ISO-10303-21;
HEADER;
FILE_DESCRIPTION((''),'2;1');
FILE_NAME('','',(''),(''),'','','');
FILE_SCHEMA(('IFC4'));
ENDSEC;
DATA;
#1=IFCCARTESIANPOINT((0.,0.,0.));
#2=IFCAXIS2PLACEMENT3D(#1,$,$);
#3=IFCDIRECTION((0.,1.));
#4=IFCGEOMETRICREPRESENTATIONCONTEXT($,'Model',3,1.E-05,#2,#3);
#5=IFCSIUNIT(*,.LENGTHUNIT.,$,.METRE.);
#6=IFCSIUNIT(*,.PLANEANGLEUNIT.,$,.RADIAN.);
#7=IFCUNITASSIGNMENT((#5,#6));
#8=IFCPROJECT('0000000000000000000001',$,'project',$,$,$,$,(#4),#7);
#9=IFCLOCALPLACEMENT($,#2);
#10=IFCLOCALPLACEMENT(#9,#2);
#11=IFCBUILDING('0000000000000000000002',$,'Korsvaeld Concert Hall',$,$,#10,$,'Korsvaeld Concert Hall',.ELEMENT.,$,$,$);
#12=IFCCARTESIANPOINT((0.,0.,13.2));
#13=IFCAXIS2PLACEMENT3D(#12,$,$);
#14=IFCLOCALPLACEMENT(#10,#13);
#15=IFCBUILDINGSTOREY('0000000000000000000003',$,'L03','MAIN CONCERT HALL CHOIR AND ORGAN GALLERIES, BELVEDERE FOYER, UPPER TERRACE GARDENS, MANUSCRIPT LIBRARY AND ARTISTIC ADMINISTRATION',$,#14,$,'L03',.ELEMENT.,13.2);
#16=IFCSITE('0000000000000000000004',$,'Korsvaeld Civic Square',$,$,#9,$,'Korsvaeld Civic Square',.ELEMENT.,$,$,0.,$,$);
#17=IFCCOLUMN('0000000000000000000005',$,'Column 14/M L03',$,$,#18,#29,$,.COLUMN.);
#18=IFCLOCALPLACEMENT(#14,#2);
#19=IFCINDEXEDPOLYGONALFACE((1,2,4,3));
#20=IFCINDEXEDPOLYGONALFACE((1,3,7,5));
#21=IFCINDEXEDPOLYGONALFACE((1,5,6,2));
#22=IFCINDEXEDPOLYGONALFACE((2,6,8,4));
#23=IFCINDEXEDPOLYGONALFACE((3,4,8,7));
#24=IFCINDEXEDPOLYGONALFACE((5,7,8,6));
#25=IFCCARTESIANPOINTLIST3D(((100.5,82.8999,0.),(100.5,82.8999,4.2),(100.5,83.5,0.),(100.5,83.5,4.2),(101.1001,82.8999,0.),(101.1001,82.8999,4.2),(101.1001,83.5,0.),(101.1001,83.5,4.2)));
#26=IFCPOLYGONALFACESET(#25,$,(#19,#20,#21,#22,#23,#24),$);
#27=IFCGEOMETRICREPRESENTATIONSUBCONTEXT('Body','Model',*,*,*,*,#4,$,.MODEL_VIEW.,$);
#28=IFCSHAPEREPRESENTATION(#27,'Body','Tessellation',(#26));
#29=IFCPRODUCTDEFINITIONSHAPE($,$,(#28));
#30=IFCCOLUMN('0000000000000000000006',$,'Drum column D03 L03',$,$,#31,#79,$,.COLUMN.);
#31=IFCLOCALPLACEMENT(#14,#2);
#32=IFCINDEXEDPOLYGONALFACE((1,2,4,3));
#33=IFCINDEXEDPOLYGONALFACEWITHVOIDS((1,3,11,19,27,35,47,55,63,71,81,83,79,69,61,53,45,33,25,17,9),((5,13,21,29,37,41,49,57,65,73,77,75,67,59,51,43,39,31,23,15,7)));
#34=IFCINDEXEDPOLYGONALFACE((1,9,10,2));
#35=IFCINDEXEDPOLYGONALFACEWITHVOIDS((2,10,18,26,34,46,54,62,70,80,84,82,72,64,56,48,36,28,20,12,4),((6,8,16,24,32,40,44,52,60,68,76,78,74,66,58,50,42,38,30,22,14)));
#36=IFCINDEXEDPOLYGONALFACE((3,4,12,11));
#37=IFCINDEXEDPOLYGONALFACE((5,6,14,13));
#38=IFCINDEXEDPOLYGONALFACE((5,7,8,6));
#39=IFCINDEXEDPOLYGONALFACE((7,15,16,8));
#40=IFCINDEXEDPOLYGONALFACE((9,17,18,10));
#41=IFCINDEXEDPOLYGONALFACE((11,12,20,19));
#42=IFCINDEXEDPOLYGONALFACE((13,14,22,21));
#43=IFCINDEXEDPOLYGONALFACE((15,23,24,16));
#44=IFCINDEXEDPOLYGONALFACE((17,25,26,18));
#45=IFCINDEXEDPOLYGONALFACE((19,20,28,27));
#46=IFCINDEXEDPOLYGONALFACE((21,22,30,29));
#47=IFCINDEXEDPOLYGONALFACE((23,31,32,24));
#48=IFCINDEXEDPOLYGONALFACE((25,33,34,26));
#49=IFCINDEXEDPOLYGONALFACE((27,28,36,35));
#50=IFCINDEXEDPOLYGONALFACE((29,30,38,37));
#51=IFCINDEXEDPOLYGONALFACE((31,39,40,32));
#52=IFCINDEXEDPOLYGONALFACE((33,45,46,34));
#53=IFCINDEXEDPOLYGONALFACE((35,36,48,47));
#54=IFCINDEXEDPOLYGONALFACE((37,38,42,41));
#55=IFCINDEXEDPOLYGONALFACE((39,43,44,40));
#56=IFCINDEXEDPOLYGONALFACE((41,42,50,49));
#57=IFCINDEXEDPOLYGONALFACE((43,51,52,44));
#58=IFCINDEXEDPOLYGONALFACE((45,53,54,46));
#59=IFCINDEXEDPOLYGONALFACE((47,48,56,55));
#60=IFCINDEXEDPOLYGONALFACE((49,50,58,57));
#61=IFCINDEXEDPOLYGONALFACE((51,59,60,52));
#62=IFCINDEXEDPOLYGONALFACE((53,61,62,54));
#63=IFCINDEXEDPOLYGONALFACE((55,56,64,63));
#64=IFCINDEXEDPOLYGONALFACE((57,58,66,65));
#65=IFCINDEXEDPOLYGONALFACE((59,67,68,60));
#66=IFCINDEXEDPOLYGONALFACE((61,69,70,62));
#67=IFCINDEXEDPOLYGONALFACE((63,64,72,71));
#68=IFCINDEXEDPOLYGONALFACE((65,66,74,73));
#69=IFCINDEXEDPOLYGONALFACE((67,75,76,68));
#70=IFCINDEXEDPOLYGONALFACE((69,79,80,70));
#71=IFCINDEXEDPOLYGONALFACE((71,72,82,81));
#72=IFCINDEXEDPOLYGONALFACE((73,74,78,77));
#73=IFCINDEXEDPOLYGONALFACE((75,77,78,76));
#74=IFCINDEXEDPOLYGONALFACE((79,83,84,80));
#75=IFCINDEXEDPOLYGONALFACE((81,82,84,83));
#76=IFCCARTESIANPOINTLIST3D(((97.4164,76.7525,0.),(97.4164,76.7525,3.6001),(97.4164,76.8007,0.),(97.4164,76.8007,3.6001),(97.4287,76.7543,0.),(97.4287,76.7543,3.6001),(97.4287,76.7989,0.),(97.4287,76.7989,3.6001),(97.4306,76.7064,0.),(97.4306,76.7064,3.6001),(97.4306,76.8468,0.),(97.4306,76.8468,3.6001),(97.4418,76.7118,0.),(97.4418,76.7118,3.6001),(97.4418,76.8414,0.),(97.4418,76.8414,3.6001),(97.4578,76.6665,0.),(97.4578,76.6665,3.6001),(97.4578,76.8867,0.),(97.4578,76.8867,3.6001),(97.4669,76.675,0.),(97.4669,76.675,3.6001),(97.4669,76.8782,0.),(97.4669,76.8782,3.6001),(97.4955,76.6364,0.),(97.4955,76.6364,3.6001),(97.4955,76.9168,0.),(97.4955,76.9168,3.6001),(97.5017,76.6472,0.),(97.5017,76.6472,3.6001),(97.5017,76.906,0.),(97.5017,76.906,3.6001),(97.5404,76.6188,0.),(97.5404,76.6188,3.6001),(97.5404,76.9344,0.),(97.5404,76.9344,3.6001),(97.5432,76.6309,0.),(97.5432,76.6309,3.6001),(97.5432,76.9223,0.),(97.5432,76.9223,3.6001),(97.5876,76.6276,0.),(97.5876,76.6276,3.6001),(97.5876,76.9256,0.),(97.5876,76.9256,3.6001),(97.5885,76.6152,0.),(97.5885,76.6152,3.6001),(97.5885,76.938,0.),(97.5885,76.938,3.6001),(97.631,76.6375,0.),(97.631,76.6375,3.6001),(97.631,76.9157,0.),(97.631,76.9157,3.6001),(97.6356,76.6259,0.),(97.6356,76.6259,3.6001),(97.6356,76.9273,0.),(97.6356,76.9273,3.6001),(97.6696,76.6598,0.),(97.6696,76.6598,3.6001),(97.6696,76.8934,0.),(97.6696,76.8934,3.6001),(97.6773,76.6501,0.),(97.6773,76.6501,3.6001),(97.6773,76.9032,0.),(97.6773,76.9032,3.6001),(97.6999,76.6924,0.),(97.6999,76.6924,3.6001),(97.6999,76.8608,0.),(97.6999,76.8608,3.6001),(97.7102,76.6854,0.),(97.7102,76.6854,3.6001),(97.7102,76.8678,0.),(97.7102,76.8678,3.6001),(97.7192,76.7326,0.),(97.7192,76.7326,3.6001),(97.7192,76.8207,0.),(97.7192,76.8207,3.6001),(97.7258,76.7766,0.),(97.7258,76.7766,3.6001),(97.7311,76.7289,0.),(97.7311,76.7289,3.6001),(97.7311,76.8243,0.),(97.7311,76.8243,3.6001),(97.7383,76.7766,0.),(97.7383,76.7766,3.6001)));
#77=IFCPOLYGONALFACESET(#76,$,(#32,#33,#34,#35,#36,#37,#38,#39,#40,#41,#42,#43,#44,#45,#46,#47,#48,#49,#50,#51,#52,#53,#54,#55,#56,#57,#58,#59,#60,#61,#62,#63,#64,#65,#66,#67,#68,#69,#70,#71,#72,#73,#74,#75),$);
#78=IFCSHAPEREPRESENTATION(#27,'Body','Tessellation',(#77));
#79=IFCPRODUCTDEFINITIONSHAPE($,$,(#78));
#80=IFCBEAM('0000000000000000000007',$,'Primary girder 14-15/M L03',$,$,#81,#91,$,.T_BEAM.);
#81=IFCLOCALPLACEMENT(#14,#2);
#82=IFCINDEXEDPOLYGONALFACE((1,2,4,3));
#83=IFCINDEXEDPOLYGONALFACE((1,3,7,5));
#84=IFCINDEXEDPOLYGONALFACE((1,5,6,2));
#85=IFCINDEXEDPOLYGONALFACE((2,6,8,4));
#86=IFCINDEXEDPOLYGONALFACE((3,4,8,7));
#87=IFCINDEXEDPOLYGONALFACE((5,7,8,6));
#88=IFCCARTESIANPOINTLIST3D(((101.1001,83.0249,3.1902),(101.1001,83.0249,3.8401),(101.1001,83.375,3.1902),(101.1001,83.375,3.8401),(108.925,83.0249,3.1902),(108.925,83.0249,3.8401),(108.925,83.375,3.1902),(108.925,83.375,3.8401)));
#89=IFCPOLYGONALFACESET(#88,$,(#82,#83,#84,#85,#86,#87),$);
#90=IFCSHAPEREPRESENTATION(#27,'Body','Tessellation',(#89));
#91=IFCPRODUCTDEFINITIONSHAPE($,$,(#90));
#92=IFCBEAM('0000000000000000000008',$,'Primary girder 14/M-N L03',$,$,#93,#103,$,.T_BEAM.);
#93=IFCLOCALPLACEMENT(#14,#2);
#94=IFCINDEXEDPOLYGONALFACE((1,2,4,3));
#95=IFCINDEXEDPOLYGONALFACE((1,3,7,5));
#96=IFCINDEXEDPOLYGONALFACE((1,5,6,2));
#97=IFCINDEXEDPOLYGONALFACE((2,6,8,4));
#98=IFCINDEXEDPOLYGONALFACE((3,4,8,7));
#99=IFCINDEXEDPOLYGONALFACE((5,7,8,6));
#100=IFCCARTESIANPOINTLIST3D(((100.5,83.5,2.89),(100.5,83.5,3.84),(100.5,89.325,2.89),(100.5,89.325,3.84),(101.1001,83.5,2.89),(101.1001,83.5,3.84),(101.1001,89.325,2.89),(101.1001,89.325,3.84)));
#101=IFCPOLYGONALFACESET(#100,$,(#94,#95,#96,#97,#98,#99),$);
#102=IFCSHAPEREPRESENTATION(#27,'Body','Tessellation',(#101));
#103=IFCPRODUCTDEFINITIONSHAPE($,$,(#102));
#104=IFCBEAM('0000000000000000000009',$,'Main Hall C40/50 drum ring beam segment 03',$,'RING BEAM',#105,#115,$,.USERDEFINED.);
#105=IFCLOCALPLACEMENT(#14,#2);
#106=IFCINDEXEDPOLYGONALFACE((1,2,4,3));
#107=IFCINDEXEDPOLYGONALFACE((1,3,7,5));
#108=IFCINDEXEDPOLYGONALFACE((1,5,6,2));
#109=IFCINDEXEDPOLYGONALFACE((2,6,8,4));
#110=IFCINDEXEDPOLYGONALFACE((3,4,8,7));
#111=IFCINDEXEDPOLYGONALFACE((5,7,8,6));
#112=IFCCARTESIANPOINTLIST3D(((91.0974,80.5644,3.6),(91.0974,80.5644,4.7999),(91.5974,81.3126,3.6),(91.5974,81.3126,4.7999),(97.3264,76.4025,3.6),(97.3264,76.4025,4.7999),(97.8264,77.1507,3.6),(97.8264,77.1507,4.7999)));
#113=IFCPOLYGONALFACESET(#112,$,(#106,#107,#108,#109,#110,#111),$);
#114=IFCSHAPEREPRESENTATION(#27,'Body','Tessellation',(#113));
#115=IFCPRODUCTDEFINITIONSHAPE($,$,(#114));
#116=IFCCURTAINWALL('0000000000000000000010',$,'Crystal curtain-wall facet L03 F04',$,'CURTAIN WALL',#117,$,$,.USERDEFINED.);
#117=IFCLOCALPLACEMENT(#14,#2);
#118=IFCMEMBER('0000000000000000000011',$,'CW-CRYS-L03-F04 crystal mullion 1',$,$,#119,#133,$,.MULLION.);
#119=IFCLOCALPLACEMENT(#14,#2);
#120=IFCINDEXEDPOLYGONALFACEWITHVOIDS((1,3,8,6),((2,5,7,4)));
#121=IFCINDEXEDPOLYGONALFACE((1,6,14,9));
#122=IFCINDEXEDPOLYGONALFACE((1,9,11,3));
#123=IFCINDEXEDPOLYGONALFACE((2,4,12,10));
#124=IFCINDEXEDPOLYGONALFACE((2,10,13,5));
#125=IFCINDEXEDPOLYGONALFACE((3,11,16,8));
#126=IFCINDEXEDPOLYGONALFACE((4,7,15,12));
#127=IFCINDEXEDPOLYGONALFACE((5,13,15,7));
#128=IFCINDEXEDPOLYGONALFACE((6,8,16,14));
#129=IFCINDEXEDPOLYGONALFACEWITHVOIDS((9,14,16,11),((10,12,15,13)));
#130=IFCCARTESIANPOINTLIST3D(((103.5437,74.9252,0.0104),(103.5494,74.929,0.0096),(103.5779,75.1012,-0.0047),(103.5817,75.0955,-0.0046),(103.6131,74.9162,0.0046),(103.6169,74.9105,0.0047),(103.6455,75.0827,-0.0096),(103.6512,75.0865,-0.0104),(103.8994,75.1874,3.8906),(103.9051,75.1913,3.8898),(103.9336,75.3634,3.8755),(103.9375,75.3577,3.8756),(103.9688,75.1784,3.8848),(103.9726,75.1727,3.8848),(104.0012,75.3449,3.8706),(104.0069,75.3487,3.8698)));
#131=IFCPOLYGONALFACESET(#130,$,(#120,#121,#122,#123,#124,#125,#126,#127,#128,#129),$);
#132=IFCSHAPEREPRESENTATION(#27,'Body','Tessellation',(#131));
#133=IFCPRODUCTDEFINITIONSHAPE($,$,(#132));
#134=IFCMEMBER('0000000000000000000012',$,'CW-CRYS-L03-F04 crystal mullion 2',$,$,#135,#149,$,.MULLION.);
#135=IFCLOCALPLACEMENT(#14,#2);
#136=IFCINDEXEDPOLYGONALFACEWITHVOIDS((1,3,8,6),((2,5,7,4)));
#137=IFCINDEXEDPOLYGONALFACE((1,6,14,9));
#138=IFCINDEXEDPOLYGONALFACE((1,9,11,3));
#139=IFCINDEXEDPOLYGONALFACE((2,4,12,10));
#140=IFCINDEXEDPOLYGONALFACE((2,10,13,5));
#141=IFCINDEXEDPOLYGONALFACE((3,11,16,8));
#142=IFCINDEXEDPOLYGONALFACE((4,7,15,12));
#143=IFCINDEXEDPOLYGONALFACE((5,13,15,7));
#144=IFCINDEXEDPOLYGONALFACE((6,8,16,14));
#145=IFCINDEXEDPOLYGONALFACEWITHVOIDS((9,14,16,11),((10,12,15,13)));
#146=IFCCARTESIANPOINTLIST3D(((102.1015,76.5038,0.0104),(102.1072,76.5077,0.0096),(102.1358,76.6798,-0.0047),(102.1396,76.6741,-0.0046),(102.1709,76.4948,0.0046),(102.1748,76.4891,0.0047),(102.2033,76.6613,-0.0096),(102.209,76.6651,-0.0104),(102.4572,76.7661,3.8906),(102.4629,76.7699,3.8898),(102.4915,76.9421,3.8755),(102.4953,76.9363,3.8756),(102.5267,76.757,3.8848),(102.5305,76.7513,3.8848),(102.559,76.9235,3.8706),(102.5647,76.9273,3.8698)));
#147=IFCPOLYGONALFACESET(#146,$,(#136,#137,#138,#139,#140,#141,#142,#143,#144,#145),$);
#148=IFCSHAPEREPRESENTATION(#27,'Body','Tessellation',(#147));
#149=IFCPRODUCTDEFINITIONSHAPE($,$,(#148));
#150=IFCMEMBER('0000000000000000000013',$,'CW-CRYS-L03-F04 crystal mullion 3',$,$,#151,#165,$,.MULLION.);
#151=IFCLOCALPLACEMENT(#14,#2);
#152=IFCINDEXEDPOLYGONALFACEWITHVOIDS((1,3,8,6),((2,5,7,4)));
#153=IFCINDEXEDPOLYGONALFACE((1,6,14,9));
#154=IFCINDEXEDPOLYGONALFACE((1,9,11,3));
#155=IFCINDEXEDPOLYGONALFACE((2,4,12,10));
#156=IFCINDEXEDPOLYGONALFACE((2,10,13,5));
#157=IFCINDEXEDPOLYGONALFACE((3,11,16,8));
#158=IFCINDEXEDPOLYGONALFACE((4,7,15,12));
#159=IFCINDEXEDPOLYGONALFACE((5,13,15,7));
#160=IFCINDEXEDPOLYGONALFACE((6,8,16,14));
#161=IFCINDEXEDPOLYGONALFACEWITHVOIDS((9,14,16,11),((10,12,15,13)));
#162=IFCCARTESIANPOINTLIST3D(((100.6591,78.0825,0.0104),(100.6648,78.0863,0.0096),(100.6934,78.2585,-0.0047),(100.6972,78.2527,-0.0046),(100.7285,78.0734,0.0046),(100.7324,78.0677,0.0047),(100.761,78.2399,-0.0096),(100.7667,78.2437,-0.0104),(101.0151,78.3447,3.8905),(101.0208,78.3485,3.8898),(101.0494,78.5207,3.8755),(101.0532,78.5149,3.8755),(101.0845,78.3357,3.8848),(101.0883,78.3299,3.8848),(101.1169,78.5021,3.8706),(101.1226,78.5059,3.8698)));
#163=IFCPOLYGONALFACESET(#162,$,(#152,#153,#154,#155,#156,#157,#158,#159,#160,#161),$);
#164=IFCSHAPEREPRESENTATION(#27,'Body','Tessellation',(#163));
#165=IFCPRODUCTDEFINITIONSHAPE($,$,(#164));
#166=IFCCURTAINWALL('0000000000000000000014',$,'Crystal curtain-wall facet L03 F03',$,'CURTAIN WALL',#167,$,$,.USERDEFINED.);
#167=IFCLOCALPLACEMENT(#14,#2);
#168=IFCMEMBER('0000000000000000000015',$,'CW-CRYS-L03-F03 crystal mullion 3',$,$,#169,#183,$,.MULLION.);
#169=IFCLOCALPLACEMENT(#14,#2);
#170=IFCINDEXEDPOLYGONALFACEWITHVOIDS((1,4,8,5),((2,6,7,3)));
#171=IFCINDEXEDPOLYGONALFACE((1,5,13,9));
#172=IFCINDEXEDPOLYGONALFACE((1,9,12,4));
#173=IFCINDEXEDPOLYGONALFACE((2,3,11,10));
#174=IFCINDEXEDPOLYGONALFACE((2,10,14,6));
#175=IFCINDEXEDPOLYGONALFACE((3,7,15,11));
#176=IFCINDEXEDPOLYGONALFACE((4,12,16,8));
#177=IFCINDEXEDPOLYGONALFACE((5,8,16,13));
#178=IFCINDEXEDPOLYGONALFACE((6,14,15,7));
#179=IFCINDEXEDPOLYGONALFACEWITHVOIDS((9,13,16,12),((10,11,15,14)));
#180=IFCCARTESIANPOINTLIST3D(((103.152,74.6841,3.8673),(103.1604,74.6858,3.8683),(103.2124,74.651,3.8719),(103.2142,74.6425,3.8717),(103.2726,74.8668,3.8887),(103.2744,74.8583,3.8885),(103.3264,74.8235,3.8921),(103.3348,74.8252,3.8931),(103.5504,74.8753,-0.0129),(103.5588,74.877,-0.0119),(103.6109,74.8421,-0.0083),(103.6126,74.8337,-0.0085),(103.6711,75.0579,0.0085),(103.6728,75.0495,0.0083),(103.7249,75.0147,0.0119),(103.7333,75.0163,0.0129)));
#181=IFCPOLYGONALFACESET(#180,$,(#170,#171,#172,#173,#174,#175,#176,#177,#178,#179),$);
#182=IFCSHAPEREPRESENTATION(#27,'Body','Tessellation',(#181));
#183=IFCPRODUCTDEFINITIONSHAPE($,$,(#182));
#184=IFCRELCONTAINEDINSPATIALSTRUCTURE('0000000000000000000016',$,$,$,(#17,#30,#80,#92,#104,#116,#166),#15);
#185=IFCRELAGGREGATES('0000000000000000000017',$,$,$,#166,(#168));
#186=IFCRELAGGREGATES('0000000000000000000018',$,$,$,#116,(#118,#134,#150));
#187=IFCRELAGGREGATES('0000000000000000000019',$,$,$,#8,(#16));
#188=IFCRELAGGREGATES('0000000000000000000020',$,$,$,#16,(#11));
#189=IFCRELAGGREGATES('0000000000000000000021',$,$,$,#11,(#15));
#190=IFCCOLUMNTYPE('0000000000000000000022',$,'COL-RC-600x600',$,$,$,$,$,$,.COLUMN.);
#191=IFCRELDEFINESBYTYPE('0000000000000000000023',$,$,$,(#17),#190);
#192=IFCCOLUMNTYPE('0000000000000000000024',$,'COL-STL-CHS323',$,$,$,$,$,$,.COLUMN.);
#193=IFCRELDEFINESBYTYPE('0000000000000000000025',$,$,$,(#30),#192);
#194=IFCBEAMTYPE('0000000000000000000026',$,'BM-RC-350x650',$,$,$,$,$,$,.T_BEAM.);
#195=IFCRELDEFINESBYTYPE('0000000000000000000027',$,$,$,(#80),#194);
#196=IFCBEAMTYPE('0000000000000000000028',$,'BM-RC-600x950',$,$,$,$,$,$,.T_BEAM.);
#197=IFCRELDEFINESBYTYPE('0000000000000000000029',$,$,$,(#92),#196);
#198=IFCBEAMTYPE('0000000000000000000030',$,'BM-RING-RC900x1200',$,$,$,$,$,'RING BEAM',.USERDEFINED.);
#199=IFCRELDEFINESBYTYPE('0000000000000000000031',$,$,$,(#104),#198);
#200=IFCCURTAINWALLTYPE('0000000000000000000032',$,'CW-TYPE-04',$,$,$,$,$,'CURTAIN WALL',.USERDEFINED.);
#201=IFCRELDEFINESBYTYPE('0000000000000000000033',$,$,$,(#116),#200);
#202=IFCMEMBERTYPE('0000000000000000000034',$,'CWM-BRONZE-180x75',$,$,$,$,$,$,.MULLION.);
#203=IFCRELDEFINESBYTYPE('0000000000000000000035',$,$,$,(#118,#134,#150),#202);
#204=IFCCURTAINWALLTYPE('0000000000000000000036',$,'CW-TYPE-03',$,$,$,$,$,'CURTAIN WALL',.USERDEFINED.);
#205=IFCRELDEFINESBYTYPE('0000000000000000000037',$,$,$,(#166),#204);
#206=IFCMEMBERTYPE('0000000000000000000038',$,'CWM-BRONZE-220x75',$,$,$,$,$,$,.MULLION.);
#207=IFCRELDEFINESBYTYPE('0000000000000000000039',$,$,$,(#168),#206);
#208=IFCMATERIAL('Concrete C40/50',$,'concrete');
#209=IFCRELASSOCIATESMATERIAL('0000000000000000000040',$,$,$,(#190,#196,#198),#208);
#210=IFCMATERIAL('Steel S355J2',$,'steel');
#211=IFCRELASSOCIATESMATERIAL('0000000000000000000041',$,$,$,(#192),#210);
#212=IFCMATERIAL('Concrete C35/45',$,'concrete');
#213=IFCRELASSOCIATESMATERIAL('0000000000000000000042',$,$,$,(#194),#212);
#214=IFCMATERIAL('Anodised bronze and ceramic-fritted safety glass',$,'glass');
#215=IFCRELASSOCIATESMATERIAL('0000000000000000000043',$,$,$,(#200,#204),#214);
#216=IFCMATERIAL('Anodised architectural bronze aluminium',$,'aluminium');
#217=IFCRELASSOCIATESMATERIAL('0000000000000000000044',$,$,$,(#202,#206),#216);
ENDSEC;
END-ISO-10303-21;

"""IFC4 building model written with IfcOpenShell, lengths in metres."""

from ifc_helpers import new_model, si_unit, direction, frame, origin, origin_2d, place, context, subcontext, project, spatial, rectangle, hollow_rectangle, hollow_circle, extrude, material, material_profile, profile_set, type_object, element, aggregate, save


model = new_model("IFC4")

# Units and contexts
model_context = context("Model", 3, precision=1e-05, world=origin(), true_north=direction((0.0, 1.0)))
body_context = subcontext(model_context, "Body", "Model", "MODEL_VIEW")
ifc_project = project(units=[si_unit("LENGTHUNIT", "METRE"), si_unit("PLANEANGLEUNIT", "RADIAN")], contexts=[model_context])

# Site, building, storey
site_placement = place(None, origin())
site = spatial("IfcSite", under=ifc_project, at=site_placement, Name="Korsvaeld Civic Square", LongName="Korsvaeld Civic Square", CompositionType="ELEMENT", RefElevation=0.0)
building_placement = place(site_placement, origin())
building = spatial("IfcBuilding", under=site, at=building_placement, Name="Korsvaeld Concert Hall", LongName="Korsvaeld Concert Hall", CompositionType="ELEMENT")
storey_placement = place(building_placement, frame((0.0, 0.0, 13.2)))
storey = spatial("IfcBuildingStorey", under=building, at=storey_placement, Name="L03", Description="MAIN CONCERT HALL CHOIR AND ORGAN GALLERIES, BELVEDERE FOYER, UPPER TERRACE GARDENS, MANUSCRIPT LIBRARY AND ARTISTIC ADMINISTRATION", LongName="L03", CompositionType="ELEMENT", Elevation=13.2)

# Columns
ifc_material_1 = material(Name="Concrete C40/50", Category="concrete")
ifc_material_profile_1 = material_profile(ifc_material_1, rectangle(XDim=0.6001, YDim=0.6001, at=origin_2d()), Name="RC 600x600")
ifc_profile_set_1 = profile_set([ifc_material_profile_1], Name="Concrete C40/50")
column_type_1 = type_object("IfcColumnType", Name="COL-RC-600x600", PredefinedType="COLUMN", material=ifc_profile_set_1)
column_1_placement = place(storey_placement, frame((100.8, 83.2, 0.0), z_axis=(0.0, 0.0, 1.0), x_axis=(1.0, 0.0, 0.0)))
element("IfcColumn", 1, at=column_1_placement, inside=storey, type_object=column_type_1, Name="Column 14/M L03", PredefinedType="COLUMN", context=body_context, shape_type="SweptSolid", body=[
    extrude(rectangle(XDim=0.6001, YDim=0.6001, at=origin_2d()), origin(), (0.0, 0.0, 1.0), 4.2),
])
ifc_material_2 = material(Name="Steel S355J2", Category="steel")
ifc_material_profile_2 = material_profile(ifc_material_2, hollow_circle(Radius=0.1619, WallThickness=0.0125, at=origin_2d()), Name="CHS 323.9x12.5")
ifc_profile_set_2 = profile_set([ifc_material_profile_2], Name="Steel S355J2")
column_type_2 = type_object("IfcColumnType", Name="COL-STL-CHS323", PredefinedType="COLUMN", material=ifc_profile_set_2)
column_2_placement = place(storey_placement, frame((97.5764, 76.7766, 0.0), z_axis=(0.0, 0.0, 1.0), x_axis=(1.0, 0.0, 0.0)))
element("IfcColumn", 2, at=column_2_placement, inside=storey, type_object=column_type_2, Name="Drum column D03 L03", PredefinedType="COLUMN", context=body_context, shape_type="SweptSolid", body=[
    extrude(hollow_circle(Radius=0.1619, WallThickness=0.0125, at=origin_2d()), origin(), (0.0, 0.0, 1.0), 3.6001),
])

# Beams
ifc_material_3 = material(Name="Concrete C35/45", Category="concrete")
ifc_material_profile_3 = material_profile(ifc_material_3, rectangle(XDim=0.3501, YDim=0.6499, at=origin_2d()), Name="RC 350x650")
ifc_profile_set_3 = profile_set([ifc_material_profile_3], Name="Concrete C35/45")
beam_type_1 = type_object("IfcBeamType", Name="BM-RC-350x650", PredefinedType="T_BEAM", material=ifc_profile_set_3)
beam_1_placement = place(storey_placement, frame((101.1001, 83.2, 3.5151), z_axis=(1.0, 0.0, 0.0), x_axis=(0.0, 1.0, 0.0)))
element("IfcBeam", 3, at=beam_1_placement, inside=storey, type_object=beam_type_1, Name="Primary girder 14-15/M L03", PredefinedType="T_BEAM", context=body_context, shape_type="SweptSolid", body=[
    extrude(rectangle(XDim=0.3501, YDim=0.6499, at=origin_2d()), origin(), (0.0, 0.0, 1.0), 7.825),
])
ifc_material_profile_4 = material_profile(ifc_material_1, rectangle(XDim=0.6001, YDim=0.95, at=origin_2d()), Name="RC 600x950")
ifc_profile_set_4 = profile_set([ifc_material_profile_4], Name="Concrete C40/50")
beam_type_2 = type_object("IfcBeamType", Name="BM-RC-600x950", PredefinedType="T_BEAM", material=ifc_profile_set_4)
beam_2_placement = place(storey_placement, frame((100.8, 83.5, 3.365), z_axis=(0.0, 1.0, 0.0), x_axis=(-1.0, 0.0, 0.0)))
element("IfcBeam", 4, at=beam_2_placement, inside=storey, type_object=beam_type_2, Name="Primary girder 14/M-N L03", PredefinedType="T_BEAM", context=body_context, shape_type="SweptSolid", body=[
    extrude(rectangle(XDim=0.6001, YDim=0.95, at=origin_2d()), origin(), (0.0, 0.0, 1.0), 5.825),
])
ifc_material_profile_5 = material_profile(ifc_material_1, rectangle(XDim=0.8999, YDim=1.2, at=origin_2d()), Name="RC 900x1200")
ifc_profile_set_5 = profile_set([ifc_material_profile_5], Name="Concrete C40/50")
beam_type_3 = type_object("IfcBeamType", Name="BM-RING-RC900x1200", ElementType="RING BEAM", PredefinedType="USERDEFINED", material=ifc_profile_set_5)
beam_3_placement = place(storey_placement, frame((97.5764, 76.7766, 4.2), z_axis=(-0.831483, 0.55555, 0.0), x_axis=(-0.55555, -0.831483, 0.0)))
element("IfcBeam", 5, at=beam_3_placement, inside=storey, type_object=beam_type_3, Name="Main Hall C40/50 drum ring beam segment 03", ObjectType="RING BEAM", PredefinedType="USERDEFINED", context=body_context, shape_type="SweptSolid", body=[
    extrude(rectangle(XDim=0.8999, YDim=1.2, at=origin_2d()), origin(), (0.0, 0.0, 1.0), 7.4915),
])

# Curtain wall, members
ifc_material_4 = material(Name="Anodised bronze and ceramic-fritted safety glass", Category="glass")
curtain_wall_type_1 = type_object("IfcCurtainWallType", Name="CW-TYPE-04", ElementType="CURTAIN WALL", PredefinedType="USERDEFINED", material=ifc_material_4)
curtain_wall_1_placement = place(storey_placement, origin())
curtain_wall_1 = element("IfcCurtainWall", 6, at=curtain_wall_1_placement, inside=storey, type_object=curtain_wall_type_1, Name="Crystal curtain-wall facet L03 F04", ObjectType="CURTAIN WALL", PredefinedType="USERDEFINED")
ifc_material_5 = material(Name="Anodised architectural bronze aluminium", Category="aluminium")
ifc_material_profile_6 = material_profile(ifc_material_5, hollow_rectangle(XDim=0.075, YDim=0.1799, WallThickness=0.0049, at=origin_2d()), Name="CWM 180x75x5")
ifc_profile_set_6 = profile_set([ifc_material_profile_6], Name="Anodised architectural bronze aluminium")
member_type_1 = type_object("IfcMemberType", Name="CWM-BRONZE-180x75", PredefinedType="MULLION", material=ifc_profile_set_6)
member_1_placement = place(storey_placement, frame((103.5974, 75.0059, 0.0), z_axis=(0.091087, 0.067143, 0.993577), x_axis=(0.9775, -0.196641, -0.076325)))
member_1 = element("IfcMember", 7, at=member_1_placement, type_object=member_type_1, Name="CW-CRYS-L03-F04 crystal mullion 1", PredefinedType="MULLION", context=body_context, shape_type="SweptSolid", body=[
    extrude(hollow_rectangle(XDim=0.075, YDim=0.1799, WallThickness=0.0049, at=origin_2d()), origin(), (0.0, 0.0, 1.0), 3.9053),
])
member_2_placement = place(storey_placement, frame((102.1553, 76.5845, 0.0), z_axis=(0.091087, 0.067143, 0.993577), x_axis=(0.9775, -0.196641, -0.076325)))
member_2 = element("IfcMember", 8, at=member_2_placement, type_object=member_type_1, Name="CW-CRYS-L03-F04 crystal mullion 2", PredefinedType="MULLION", context=body_context, shape_type="SweptSolid", body=[
    extrude(hollow_rectangle(XDim=0.075, YDim=0.1799, WallThickness=0.0049, at=origin_2d()), origin(), (0.0, 0.0, 1.0), 3.9053),
])
member_3_placement = place(storey_placement, frame((100.7129, 78.1631, 0.0), z_axis=(0.091149, 0.067142, 0.993571), x_axis=(0.977433, -0.196963, -0.076358)))
member_3 = element("IfcMember", 9, at=member_3_placement, type_object=member_type_1, Name="CW-CRYS-L03-F04 crystal mullion 3", PredefinedType="MULLION", context=body_context, shape_type="SweptSolid", body=[
    extrude(hollow_rectangle(XDim=0.075, YDim=0.1799, WallThickness=0.0049, at=origin_2d()), origin(), (0.0, 0.0, 1.0), 3.9053),
])

# Curtain wall, member
curtain_wall_type_2 = type_object("IfcCurtainWallType", Name="CW-TYPE-03", ElementType="CURTAIN WALL", PredefinedType="USERDEFINED", material=ifc_material_4)
curtain_wall_2_placement = place(storey_placement, origin())
curtain_wall_2 = element("IfcCurtainWall", 10, at=curtain_wall_2_placement, inside=storey, type_object=curtain_wall_type_2, Name="Crystal curtain-wall facet L03 F03", ObjectType="CURTAIN WALL", PredefinedType="USERDEFINED")
ifc_material_profile_7 = material_profile(ifc_material_5, hollow_rectangle(XDim=0.075, YDim=0.22, WallThickness=0.0061, at=origin_2d()), Name="CWM 220x75x6")
ifc_profile_set_7 = profile_set([ifc_material_profile_7], Name="Anodised architectural bronze aluminium")
member_type_2 = type_object("IfcMemberType", Name="CWM-BRONZE-220x75", PredefinedType="MULLION", material=ifc_profile_set_7)
member_4_placement = place(storey_placement, frame((103.6418, 74.9458, 0.0), z_axis=(-0.102027, -0.048951, 0.993577), x_axis=(-0.829811, 0.555036, -0.057866)))
member_4 = element("IfcMember", 11, at=member_4_placement, type_object=member_type_2, Name="CW-CRYS-L03-F03 crystal mullion 3", PredefinedType="MULLION", context=body_context, shape_type="SweptSolid", body=[
    extrude(hollow_rectangle(XDim=0.075, YDim=0.22, WallThickness=0.0061, at=origin_2d()), origin(), (0.0, 0.0, 1.0), 3.9053),
])
aggregate(curtain_wall_2, [member_4])

aggregate(curtain_wall_1, [member_1, member_2, member_3])

save(model, "model.ifc")
